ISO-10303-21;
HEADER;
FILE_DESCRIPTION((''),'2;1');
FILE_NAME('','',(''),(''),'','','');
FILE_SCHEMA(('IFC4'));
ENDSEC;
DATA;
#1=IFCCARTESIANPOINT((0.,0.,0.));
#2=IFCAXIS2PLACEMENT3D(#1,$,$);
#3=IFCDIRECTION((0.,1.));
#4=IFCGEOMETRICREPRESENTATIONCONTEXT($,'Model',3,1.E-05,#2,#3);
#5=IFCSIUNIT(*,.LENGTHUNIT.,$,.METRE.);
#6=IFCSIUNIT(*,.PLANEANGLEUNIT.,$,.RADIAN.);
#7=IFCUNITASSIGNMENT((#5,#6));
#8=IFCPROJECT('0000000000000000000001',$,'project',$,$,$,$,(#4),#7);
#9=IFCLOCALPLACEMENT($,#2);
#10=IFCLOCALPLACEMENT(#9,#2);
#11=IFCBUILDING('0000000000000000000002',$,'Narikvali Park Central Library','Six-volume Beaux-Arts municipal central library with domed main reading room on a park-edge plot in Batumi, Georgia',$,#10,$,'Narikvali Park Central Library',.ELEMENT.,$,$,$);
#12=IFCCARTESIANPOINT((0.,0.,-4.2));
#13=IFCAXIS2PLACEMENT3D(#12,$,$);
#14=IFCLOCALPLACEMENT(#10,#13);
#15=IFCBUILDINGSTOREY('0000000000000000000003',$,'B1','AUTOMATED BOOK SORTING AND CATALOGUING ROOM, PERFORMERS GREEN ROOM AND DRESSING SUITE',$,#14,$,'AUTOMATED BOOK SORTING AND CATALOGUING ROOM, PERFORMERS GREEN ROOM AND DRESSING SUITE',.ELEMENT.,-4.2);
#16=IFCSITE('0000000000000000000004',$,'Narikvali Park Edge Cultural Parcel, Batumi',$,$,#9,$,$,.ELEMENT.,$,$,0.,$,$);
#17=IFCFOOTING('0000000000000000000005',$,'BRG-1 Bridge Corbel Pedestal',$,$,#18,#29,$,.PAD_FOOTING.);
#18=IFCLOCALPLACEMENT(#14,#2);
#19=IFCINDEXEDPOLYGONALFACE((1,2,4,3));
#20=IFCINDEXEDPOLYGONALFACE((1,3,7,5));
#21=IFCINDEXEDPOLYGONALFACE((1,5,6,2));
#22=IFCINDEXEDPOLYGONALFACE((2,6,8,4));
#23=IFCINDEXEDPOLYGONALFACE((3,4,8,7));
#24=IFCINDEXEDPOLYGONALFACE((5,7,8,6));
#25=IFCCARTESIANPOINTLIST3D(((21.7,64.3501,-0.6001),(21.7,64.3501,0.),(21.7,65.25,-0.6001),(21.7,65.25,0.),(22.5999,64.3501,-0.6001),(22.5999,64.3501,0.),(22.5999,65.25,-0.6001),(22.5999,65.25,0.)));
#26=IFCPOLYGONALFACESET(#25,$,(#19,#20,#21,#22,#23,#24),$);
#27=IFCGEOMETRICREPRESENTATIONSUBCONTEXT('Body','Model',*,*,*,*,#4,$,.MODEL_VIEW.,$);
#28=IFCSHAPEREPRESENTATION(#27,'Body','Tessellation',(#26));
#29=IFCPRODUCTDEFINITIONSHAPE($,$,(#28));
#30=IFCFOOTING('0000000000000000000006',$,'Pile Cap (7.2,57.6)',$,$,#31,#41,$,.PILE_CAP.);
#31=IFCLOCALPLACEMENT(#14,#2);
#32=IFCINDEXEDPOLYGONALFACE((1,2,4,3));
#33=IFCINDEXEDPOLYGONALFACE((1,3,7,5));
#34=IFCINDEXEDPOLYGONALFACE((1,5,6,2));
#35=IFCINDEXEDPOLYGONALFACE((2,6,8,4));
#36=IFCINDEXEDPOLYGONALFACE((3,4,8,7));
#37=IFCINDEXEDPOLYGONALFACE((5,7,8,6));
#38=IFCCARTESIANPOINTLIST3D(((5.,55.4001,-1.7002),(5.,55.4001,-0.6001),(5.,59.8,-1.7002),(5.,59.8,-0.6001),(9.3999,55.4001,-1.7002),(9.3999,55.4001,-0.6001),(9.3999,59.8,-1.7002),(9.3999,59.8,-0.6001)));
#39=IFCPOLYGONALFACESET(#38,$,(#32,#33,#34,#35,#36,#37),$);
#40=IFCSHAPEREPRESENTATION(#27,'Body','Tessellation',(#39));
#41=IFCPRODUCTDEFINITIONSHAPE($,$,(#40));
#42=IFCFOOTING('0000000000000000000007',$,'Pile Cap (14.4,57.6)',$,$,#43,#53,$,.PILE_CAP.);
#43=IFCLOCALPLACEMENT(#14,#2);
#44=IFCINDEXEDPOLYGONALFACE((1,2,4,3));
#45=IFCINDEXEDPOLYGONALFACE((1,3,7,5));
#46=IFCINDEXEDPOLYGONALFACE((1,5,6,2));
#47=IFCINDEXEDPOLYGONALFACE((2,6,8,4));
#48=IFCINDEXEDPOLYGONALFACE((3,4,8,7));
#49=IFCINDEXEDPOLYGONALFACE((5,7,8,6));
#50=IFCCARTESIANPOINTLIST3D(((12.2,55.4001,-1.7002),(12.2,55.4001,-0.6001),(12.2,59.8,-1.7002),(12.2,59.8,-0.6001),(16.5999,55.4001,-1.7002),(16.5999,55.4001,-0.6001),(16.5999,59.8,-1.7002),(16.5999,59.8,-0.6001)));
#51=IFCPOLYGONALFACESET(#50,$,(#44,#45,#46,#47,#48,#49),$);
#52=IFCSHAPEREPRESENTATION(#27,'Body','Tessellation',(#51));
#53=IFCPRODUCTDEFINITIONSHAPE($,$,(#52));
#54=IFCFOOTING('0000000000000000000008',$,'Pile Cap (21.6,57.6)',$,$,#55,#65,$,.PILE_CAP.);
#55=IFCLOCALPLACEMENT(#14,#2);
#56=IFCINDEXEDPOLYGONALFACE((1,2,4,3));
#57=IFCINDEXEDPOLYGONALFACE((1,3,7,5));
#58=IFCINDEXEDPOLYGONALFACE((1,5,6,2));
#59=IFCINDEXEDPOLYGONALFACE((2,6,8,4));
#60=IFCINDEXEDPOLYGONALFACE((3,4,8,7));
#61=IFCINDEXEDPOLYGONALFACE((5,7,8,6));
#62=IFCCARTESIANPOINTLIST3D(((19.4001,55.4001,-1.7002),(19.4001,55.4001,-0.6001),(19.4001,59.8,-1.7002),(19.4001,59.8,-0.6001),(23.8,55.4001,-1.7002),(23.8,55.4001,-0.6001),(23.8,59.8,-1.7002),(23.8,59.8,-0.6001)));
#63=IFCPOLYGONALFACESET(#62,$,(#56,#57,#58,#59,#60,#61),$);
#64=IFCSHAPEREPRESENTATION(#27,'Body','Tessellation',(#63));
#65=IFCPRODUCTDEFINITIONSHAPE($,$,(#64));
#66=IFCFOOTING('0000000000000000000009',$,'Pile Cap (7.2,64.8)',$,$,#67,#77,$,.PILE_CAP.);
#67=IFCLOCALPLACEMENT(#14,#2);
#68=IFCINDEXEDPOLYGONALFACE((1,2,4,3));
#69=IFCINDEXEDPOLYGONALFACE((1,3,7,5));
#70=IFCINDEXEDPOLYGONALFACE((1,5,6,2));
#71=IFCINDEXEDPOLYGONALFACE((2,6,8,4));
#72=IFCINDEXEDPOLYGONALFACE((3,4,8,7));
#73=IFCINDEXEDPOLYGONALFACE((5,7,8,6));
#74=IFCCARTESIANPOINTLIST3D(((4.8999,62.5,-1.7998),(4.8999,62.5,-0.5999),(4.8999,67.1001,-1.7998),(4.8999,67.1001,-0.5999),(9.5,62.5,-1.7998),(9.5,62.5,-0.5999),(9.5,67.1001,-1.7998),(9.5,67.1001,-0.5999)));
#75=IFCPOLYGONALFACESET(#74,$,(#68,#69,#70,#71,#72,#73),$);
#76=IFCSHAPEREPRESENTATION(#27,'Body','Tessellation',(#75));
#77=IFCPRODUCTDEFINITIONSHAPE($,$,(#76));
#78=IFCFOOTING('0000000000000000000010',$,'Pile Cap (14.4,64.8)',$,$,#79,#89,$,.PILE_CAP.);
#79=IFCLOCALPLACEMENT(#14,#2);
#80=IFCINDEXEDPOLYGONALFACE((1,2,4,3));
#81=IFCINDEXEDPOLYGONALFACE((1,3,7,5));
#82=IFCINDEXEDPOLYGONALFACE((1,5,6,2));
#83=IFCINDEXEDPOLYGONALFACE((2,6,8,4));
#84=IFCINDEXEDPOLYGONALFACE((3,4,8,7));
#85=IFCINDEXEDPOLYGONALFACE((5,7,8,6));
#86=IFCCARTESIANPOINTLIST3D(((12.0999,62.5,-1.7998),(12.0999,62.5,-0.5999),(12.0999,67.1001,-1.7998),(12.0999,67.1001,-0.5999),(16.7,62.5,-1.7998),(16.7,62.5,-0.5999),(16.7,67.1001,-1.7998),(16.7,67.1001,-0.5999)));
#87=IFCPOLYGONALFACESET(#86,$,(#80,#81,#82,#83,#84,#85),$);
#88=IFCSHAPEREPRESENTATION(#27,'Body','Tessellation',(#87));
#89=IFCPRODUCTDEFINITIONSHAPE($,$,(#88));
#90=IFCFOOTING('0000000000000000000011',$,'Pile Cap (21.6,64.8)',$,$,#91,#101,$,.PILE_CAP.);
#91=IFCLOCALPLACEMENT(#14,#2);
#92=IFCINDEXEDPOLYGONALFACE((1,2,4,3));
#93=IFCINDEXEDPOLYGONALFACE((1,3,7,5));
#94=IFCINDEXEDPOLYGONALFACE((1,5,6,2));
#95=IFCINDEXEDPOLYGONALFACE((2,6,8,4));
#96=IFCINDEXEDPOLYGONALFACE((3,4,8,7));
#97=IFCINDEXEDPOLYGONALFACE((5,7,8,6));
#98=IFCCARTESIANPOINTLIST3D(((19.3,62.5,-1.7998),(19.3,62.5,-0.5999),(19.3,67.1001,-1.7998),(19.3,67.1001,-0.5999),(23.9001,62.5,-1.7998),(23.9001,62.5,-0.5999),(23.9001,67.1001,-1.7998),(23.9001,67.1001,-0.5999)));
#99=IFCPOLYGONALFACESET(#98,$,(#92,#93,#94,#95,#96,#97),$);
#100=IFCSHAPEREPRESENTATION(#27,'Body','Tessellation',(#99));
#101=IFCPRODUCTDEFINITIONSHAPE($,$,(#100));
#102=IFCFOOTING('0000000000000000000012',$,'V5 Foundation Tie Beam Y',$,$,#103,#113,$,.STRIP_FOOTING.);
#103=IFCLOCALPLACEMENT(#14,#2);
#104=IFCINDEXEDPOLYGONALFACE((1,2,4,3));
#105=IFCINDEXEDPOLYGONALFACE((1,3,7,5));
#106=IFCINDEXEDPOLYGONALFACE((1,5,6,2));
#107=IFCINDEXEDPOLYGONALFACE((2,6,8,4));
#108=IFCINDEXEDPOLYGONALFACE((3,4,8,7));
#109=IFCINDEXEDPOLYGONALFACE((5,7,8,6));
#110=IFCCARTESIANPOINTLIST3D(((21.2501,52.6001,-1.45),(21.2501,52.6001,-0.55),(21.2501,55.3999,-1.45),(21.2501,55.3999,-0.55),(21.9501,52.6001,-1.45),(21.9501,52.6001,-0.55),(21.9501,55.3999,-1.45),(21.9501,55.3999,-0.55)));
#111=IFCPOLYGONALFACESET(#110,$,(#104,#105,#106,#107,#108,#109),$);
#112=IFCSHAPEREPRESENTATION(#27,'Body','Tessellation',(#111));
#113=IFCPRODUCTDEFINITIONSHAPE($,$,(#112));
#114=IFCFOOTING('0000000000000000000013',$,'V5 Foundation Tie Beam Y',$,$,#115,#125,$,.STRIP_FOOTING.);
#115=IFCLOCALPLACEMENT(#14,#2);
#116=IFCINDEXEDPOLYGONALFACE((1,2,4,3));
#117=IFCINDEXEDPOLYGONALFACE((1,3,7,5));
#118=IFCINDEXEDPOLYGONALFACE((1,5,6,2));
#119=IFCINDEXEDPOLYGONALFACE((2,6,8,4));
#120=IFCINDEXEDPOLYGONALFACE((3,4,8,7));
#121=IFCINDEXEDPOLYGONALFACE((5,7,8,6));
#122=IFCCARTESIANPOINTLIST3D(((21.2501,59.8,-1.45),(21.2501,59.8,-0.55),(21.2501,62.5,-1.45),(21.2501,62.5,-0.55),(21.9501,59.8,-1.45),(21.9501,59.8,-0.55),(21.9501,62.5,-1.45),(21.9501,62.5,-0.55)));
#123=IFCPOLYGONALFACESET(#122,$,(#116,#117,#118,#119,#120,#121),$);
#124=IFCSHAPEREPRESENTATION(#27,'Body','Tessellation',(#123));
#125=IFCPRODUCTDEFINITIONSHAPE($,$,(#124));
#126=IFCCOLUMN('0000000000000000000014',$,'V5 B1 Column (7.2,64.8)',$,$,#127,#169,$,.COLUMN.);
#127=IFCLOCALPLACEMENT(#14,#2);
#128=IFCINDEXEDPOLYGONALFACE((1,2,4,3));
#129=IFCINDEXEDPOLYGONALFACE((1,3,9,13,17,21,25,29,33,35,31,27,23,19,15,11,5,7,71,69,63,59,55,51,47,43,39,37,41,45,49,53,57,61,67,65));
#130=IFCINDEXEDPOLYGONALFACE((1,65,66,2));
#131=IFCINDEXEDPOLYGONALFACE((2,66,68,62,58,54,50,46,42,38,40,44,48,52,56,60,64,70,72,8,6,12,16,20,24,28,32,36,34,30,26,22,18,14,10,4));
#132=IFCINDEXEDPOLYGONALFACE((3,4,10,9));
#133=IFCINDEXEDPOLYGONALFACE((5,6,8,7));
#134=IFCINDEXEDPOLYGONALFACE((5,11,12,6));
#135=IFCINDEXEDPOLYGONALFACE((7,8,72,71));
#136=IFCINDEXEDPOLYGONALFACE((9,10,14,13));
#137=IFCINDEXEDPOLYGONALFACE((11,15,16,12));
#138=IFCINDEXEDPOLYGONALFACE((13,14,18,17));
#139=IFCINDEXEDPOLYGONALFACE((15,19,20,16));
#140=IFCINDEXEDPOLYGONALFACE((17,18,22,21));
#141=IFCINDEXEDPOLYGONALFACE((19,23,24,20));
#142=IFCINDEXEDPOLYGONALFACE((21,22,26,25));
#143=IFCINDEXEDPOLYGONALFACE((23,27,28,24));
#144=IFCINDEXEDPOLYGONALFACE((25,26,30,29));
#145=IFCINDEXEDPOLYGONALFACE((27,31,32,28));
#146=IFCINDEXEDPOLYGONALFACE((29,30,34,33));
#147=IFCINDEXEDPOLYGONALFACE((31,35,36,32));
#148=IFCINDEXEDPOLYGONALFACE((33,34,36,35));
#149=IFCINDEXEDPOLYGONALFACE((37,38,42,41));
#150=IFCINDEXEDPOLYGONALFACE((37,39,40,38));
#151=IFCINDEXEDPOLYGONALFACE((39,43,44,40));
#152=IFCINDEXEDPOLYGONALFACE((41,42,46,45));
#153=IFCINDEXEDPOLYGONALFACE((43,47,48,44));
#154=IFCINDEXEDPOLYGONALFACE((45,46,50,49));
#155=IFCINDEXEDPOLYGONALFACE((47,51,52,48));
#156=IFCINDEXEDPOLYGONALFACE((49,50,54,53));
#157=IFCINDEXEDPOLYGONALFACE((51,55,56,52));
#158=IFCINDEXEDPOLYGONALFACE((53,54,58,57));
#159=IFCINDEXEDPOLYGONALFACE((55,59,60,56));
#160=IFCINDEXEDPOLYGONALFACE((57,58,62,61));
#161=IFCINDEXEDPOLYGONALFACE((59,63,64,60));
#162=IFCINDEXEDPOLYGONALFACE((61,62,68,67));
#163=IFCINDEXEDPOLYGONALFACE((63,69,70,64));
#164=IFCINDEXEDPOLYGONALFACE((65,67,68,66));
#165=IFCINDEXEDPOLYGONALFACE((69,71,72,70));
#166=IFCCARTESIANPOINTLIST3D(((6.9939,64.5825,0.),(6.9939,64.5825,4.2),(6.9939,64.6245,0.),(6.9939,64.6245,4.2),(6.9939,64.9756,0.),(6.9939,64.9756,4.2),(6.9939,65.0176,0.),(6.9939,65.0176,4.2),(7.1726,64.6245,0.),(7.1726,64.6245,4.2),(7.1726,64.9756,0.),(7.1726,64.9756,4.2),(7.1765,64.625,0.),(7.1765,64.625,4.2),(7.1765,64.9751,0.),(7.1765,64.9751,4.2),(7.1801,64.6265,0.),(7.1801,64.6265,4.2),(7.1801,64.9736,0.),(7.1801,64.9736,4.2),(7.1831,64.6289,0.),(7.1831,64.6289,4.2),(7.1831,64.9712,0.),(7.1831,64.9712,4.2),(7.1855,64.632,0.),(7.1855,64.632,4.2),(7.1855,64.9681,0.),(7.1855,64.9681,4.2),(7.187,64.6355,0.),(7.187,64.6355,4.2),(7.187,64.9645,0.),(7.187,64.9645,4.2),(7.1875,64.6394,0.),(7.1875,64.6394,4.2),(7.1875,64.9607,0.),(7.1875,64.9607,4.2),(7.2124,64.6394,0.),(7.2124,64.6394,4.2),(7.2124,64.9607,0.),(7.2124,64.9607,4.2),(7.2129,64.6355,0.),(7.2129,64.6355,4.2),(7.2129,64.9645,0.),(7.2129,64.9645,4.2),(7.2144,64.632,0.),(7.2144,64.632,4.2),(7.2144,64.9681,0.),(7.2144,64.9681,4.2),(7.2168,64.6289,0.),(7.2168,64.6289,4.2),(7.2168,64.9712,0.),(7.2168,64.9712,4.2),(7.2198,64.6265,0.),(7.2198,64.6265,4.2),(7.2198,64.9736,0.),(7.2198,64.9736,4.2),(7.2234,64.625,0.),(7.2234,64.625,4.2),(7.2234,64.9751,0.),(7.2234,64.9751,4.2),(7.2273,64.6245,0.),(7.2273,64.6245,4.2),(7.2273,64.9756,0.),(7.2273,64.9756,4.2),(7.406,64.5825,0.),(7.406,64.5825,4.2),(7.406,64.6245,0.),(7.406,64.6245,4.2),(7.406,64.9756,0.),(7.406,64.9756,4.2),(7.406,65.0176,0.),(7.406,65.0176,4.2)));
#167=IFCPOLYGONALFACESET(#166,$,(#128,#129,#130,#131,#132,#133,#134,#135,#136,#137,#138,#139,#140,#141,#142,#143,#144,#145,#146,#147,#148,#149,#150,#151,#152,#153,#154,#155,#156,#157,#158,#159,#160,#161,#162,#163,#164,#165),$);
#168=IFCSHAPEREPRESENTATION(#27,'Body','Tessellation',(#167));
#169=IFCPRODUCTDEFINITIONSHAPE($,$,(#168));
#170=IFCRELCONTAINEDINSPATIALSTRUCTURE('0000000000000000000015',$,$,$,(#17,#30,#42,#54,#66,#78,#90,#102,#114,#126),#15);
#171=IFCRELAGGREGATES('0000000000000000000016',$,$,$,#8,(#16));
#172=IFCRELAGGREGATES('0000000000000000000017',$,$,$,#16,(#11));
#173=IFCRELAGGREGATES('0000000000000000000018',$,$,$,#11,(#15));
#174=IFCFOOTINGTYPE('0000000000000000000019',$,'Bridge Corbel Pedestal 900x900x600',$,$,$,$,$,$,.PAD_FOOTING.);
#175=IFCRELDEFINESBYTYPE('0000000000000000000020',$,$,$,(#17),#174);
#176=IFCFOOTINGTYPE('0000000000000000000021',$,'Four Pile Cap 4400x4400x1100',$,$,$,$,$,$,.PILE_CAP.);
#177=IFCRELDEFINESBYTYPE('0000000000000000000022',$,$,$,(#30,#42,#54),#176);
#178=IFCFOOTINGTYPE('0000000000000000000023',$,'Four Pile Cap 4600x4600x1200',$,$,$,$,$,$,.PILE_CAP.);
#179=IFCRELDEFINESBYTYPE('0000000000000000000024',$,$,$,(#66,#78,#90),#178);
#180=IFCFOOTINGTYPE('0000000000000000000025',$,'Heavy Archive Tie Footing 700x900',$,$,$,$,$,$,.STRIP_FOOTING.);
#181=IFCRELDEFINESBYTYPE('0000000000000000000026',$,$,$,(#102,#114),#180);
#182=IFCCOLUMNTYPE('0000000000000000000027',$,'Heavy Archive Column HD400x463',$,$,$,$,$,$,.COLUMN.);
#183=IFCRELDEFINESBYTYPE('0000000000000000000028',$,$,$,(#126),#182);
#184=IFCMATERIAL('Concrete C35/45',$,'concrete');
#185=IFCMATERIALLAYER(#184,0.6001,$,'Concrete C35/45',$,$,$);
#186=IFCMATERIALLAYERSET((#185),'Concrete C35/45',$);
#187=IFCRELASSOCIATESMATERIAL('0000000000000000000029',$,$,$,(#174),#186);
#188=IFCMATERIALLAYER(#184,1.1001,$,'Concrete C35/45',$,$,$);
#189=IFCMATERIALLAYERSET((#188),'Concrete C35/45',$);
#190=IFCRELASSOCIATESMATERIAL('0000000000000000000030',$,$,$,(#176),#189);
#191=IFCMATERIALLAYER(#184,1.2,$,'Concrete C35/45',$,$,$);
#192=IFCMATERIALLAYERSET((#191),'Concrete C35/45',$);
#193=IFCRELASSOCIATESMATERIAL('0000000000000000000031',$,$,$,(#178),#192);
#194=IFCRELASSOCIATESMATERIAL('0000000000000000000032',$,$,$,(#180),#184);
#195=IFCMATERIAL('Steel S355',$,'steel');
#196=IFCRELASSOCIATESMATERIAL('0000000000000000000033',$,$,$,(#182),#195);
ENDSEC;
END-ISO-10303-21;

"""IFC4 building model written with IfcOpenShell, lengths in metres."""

from ifc_helpers import new_model, si_unit, direction, frame, origin, origin_2d, place, context, subcontext, project, spatial, rectangle, i_section, extrude, material, layer, layer_set, material_profile, profile_set, type_object, element, save


model = new_model("IFC4")

# Units and contexts
model_context = context("Model", 3, precision=1e-05, world=origin(), true_north=direction((0.0, 1.0)))
body_context = subcontext(model_context, "Body", "Model", "MODEL_VIEW")
ifc_project = project(units=[si_unit("LENGTHUNIT", "METRE"), si_unit("PLANEANGLEUNIT", "RADIAN")], contexts=[model_context])

# Site, building, storey
site_placement = place(None, origin())
site = spatial("IfcSite", under=ifc_project, at=site_placement, Name="Narikvali Park Edge Cultural Parcel, Batumi", CompositionType="ELEMENT", RefElevation=0.0)
building_placement = place(site_placement, origin())
building = spatial("IfcBuilding", under=site, at=building_placement, Name="Narikvali Park Central Library", Description="Six-volume Beaux-Arts municipal central library with domed main reading room on a park-edge plot in Batumi, Georgia", LongName="Narikvali Park Central Library", CompositionType="ELEMENT")
storey_placement = place(building_placement, frame((0.0, 0.0, -4.2)))
storey = spatial("IfcBuildingStorey", under=building, at=storey_placement, Name="B1", Description="AUTOMATED BOOK SORTING AND CATALOGUING ROOM, PERFORMERS GREEN ROOM AND DRESSING SUITE", LongName="AUTOMATED BOOK SORTING AND CATALOGUING ROOM, PERFORMERS GREEN ROOM AND DRESSING SUITE", CompositionType="ELEMENT", Elevation=-4.2)

# Shared definitions
ifc_material_1 = material(Name="Concrete C35/45", Category="concrete")

# Footings
ifc_layer_1 = layer(ifc_material_1, 0.6001, Name="Concrete C35/45")
ifc_layer_set_1 = layer_set([ifc_layer_1], Name="Concrete C35/45")
footing_type_1 = type_object("IfcFootingType", Name="Bridge Corbel Pedestal 900x900x600", PredefinedType="PAD_FOOTING", material=ifc_layer_set_1)
footing_1_placement = place(storey_placement, frame((22.1499, 64.8, -0.6001), z_axis=(0.0, 0.0, 1.0), x_axis=(1.0, 0.0, 0.0)))
element("IfcFooting", 1, at=footing_1_placement, inside=storey, type_object=footing_type_1, Name="BRG-1 Bridge Corbel Pedestal", PredefinedType="PAD_FOOTING", context=body_context, shape_type="SweptSolid", body=[
    extrude(rectangle(XDim=0.8999, YDim=0.8999, at=origin_2d()), origin(), (0.0, 0.0, 1.0), 0.6001),
])
ifc_layer_2 = layer(ifc_material_1, 1.1001, Name="Concrete C35/45")
ifc_layer_set_2 = layer_set([ifc_layer_2], Name="Concrete C35/45")
footing_type_2 = type_object("IfcFootingType", Name="Four Pile Cap 4400x4400x1100", PredefinedType="PILE_CAP", material=ifc_layer_set_2)
for number, where, z_axis, x_axis, name in (
    (2, (7.2, 57.6001, -1.7002), (0.0, 0.0, 1.0), (1.0, 0.0, 0.0), "Pile Cap (7.2,57.6)"),
    (3, (14.3999, 57.6001, -1.7002), (0.0, 0.0, 1.0), (1.0, 0.0, 0.0), "Pile Cap (14.4,57.6)"),
    (4, (21.6001, 57.6001, -1.7002), (0.0, 0.0, 1.0), (1.0, 0.0, 0.0), "Pile Cap (21.6,57.6)"),
):
    element("IfcFooting", number, at=place(storey_placement, frame(where, z_axis=z_axis, x_axis=x_axis)), inside=storey, type_object=footing_type_2, Name=name, PredefinedType="PILE_CAP", context=body_context, shape_type="SweptSolid", body=[
        extrude(rectangle(XDim=4.3999, YDim=4.3999, at=origin_2d()), origin(), (0.0, 0.0, 1.0), 1.1001),
    ])
ifc_layer_3 = layer(ifc_material_1, 1.2, Name="Concrete C35/45")
ifc_layer_set_3 = layer_set([ifc_layer_3], Name="Concrete C35/45")
footing_type_3 = type_object("IfcFootingType", Name="Four Pile Cap 4600x4600x1200", PredefinedType="PILE_CAP", material=ifc_layer_set_3)
for number, where, z_axis, x_axis, name in (
    (5, (7.2, 64.8, -1.7998), (0.0, 0.0, 1.0), (1.0, 0.0, 0.0), "Pile Cap (7.2,64.8)"),
    (6, (14.3999, 64.8, -1.7998), (0.0, 0.0, 1.0), (1.0, 0.0, 0.0), "Pile Cap (14.4,64.8)"),
    (7, (21.6001, 64.8, -1.7998), (0.0, 0.0, 1.0), (1.0, 0.0, 0.0), "Pile Cap (21.6,64.8)"),
):
    element("IfcFooting", number, at=place(storey_placement, frame(where, z_axis=z_axis, x_axis=x_axis)), inside=storey, type_object=footing_type_3, Name=name, PredefinedType="PILE_CAP", context=body_context, shape_type="SweptSolid", body=[
        extrude(rectangle(XDim=4.6001, YDim=4.6001, at=origin_2d()), origin(), (0.0, 0.0, 1.0), 1.2),
    ])
ifc_material_profile_1 = material_profile(ifc_material_1, rectangle(XDim=0.7, YDim=0.8999, at=origin_2d()), Name="RC GB 700x900")
ifc_profile_set_1 = profile_set([ifc_material_profile_1], Name="Concrete C35/45")
footing_type_4 = type_object("IfcFootingType", Name="Heavy Archive Tie Footing 700x900", PredefinedType="STRIP_FOOTING", material=ifc_profile_set_1)
footing_2_placement = place(storey_placement, frame((21.6001, 52.6001, -1.0), z_axis=(0.0, 1.0, 0.0), x_axis=(-1.0, 0.0, 0.0)))
element("IfcFooting", 8, at=footing_2_placement, inside=storey, type_object=footing_type_4, Name="V5 Foundation Tie Beam Y", PredefinedType="STRIP_FOOTING", context=body_context, shape_type="SweptSolid", body=[
    extrude(rectangle(XDim=0.7, YDim=0.8999, at=origin_2d()), origin(), (0.0, 0.0, 1.0), 2.7998),
])
footing_3_placement = place(storey_placement, frame((21.6001, 59.8, -1.0), z_axis=(0.0, 1.0, 0.0), x_axis=(-1.0, 0.0, 0.0)))
element("IfcFooting", 9, at=footing_3_placement, inside=storey, type_object=footing_type_4, Name="V5 Foundation Tie Beam Y", PredefinedType="STRIP_FOOTING", context=body_context, shape_type="SweptSolid", body=[
    extrude(rectangle(XDim=0.7, YDim=0.8999, at=origin_2d()), origin(), (0.0, 0.0, 1.0), 2.7),
])

# Column
ifc_material_2 = material(Name="Steel S355", Category="steel")
ifc_material_profile_2 = material_profile(ifc_material_2, i_section(OverallWidth=0.4121, OverallDepth=0.4351, WebThickness=0.0249, FlangeThickness=0.042, FilletRadius=0.0149, at=origin_2d()), Name="HD 400x463")
ifc_profile_set_2 = profile_set([ifc_material_profile_2], Name="Steel S355")
column_type_1 = type_object("IfcColumnType", Name="Heavy Archive Column HD400x463", PredefinedType="COLUMN", material=ifc_profile_set_2)
for number, where, z_axis, x_axis, name in (
    (10, (7.2, 64.8, 0.0), (0.0, 0.0, 1.0), (1.0, 0.0, 0.0), "V5 B1 Column (7.2,64.8)"),
):
    element("IfcColumn", number, at=place(storey_placement, frame(where, z_axis=z_axis, x_axis=x_axis)), inside=storey, type_object=column_type_1, Name=name, PredefinedType="COLUMN", context=body_context, shape_type="SweptSolid", body=[
        extrude(i_section(OverallWidth=0.4121, OverallDepth=0.4351, WebThickness=0.0249, FlangeThickness=0.042, FilletRadius=0.0149, at=origin_2d()), origin(), (0.0, 0.0, 1.0), 4.2),
    ])

save(model, "model.ifc")
